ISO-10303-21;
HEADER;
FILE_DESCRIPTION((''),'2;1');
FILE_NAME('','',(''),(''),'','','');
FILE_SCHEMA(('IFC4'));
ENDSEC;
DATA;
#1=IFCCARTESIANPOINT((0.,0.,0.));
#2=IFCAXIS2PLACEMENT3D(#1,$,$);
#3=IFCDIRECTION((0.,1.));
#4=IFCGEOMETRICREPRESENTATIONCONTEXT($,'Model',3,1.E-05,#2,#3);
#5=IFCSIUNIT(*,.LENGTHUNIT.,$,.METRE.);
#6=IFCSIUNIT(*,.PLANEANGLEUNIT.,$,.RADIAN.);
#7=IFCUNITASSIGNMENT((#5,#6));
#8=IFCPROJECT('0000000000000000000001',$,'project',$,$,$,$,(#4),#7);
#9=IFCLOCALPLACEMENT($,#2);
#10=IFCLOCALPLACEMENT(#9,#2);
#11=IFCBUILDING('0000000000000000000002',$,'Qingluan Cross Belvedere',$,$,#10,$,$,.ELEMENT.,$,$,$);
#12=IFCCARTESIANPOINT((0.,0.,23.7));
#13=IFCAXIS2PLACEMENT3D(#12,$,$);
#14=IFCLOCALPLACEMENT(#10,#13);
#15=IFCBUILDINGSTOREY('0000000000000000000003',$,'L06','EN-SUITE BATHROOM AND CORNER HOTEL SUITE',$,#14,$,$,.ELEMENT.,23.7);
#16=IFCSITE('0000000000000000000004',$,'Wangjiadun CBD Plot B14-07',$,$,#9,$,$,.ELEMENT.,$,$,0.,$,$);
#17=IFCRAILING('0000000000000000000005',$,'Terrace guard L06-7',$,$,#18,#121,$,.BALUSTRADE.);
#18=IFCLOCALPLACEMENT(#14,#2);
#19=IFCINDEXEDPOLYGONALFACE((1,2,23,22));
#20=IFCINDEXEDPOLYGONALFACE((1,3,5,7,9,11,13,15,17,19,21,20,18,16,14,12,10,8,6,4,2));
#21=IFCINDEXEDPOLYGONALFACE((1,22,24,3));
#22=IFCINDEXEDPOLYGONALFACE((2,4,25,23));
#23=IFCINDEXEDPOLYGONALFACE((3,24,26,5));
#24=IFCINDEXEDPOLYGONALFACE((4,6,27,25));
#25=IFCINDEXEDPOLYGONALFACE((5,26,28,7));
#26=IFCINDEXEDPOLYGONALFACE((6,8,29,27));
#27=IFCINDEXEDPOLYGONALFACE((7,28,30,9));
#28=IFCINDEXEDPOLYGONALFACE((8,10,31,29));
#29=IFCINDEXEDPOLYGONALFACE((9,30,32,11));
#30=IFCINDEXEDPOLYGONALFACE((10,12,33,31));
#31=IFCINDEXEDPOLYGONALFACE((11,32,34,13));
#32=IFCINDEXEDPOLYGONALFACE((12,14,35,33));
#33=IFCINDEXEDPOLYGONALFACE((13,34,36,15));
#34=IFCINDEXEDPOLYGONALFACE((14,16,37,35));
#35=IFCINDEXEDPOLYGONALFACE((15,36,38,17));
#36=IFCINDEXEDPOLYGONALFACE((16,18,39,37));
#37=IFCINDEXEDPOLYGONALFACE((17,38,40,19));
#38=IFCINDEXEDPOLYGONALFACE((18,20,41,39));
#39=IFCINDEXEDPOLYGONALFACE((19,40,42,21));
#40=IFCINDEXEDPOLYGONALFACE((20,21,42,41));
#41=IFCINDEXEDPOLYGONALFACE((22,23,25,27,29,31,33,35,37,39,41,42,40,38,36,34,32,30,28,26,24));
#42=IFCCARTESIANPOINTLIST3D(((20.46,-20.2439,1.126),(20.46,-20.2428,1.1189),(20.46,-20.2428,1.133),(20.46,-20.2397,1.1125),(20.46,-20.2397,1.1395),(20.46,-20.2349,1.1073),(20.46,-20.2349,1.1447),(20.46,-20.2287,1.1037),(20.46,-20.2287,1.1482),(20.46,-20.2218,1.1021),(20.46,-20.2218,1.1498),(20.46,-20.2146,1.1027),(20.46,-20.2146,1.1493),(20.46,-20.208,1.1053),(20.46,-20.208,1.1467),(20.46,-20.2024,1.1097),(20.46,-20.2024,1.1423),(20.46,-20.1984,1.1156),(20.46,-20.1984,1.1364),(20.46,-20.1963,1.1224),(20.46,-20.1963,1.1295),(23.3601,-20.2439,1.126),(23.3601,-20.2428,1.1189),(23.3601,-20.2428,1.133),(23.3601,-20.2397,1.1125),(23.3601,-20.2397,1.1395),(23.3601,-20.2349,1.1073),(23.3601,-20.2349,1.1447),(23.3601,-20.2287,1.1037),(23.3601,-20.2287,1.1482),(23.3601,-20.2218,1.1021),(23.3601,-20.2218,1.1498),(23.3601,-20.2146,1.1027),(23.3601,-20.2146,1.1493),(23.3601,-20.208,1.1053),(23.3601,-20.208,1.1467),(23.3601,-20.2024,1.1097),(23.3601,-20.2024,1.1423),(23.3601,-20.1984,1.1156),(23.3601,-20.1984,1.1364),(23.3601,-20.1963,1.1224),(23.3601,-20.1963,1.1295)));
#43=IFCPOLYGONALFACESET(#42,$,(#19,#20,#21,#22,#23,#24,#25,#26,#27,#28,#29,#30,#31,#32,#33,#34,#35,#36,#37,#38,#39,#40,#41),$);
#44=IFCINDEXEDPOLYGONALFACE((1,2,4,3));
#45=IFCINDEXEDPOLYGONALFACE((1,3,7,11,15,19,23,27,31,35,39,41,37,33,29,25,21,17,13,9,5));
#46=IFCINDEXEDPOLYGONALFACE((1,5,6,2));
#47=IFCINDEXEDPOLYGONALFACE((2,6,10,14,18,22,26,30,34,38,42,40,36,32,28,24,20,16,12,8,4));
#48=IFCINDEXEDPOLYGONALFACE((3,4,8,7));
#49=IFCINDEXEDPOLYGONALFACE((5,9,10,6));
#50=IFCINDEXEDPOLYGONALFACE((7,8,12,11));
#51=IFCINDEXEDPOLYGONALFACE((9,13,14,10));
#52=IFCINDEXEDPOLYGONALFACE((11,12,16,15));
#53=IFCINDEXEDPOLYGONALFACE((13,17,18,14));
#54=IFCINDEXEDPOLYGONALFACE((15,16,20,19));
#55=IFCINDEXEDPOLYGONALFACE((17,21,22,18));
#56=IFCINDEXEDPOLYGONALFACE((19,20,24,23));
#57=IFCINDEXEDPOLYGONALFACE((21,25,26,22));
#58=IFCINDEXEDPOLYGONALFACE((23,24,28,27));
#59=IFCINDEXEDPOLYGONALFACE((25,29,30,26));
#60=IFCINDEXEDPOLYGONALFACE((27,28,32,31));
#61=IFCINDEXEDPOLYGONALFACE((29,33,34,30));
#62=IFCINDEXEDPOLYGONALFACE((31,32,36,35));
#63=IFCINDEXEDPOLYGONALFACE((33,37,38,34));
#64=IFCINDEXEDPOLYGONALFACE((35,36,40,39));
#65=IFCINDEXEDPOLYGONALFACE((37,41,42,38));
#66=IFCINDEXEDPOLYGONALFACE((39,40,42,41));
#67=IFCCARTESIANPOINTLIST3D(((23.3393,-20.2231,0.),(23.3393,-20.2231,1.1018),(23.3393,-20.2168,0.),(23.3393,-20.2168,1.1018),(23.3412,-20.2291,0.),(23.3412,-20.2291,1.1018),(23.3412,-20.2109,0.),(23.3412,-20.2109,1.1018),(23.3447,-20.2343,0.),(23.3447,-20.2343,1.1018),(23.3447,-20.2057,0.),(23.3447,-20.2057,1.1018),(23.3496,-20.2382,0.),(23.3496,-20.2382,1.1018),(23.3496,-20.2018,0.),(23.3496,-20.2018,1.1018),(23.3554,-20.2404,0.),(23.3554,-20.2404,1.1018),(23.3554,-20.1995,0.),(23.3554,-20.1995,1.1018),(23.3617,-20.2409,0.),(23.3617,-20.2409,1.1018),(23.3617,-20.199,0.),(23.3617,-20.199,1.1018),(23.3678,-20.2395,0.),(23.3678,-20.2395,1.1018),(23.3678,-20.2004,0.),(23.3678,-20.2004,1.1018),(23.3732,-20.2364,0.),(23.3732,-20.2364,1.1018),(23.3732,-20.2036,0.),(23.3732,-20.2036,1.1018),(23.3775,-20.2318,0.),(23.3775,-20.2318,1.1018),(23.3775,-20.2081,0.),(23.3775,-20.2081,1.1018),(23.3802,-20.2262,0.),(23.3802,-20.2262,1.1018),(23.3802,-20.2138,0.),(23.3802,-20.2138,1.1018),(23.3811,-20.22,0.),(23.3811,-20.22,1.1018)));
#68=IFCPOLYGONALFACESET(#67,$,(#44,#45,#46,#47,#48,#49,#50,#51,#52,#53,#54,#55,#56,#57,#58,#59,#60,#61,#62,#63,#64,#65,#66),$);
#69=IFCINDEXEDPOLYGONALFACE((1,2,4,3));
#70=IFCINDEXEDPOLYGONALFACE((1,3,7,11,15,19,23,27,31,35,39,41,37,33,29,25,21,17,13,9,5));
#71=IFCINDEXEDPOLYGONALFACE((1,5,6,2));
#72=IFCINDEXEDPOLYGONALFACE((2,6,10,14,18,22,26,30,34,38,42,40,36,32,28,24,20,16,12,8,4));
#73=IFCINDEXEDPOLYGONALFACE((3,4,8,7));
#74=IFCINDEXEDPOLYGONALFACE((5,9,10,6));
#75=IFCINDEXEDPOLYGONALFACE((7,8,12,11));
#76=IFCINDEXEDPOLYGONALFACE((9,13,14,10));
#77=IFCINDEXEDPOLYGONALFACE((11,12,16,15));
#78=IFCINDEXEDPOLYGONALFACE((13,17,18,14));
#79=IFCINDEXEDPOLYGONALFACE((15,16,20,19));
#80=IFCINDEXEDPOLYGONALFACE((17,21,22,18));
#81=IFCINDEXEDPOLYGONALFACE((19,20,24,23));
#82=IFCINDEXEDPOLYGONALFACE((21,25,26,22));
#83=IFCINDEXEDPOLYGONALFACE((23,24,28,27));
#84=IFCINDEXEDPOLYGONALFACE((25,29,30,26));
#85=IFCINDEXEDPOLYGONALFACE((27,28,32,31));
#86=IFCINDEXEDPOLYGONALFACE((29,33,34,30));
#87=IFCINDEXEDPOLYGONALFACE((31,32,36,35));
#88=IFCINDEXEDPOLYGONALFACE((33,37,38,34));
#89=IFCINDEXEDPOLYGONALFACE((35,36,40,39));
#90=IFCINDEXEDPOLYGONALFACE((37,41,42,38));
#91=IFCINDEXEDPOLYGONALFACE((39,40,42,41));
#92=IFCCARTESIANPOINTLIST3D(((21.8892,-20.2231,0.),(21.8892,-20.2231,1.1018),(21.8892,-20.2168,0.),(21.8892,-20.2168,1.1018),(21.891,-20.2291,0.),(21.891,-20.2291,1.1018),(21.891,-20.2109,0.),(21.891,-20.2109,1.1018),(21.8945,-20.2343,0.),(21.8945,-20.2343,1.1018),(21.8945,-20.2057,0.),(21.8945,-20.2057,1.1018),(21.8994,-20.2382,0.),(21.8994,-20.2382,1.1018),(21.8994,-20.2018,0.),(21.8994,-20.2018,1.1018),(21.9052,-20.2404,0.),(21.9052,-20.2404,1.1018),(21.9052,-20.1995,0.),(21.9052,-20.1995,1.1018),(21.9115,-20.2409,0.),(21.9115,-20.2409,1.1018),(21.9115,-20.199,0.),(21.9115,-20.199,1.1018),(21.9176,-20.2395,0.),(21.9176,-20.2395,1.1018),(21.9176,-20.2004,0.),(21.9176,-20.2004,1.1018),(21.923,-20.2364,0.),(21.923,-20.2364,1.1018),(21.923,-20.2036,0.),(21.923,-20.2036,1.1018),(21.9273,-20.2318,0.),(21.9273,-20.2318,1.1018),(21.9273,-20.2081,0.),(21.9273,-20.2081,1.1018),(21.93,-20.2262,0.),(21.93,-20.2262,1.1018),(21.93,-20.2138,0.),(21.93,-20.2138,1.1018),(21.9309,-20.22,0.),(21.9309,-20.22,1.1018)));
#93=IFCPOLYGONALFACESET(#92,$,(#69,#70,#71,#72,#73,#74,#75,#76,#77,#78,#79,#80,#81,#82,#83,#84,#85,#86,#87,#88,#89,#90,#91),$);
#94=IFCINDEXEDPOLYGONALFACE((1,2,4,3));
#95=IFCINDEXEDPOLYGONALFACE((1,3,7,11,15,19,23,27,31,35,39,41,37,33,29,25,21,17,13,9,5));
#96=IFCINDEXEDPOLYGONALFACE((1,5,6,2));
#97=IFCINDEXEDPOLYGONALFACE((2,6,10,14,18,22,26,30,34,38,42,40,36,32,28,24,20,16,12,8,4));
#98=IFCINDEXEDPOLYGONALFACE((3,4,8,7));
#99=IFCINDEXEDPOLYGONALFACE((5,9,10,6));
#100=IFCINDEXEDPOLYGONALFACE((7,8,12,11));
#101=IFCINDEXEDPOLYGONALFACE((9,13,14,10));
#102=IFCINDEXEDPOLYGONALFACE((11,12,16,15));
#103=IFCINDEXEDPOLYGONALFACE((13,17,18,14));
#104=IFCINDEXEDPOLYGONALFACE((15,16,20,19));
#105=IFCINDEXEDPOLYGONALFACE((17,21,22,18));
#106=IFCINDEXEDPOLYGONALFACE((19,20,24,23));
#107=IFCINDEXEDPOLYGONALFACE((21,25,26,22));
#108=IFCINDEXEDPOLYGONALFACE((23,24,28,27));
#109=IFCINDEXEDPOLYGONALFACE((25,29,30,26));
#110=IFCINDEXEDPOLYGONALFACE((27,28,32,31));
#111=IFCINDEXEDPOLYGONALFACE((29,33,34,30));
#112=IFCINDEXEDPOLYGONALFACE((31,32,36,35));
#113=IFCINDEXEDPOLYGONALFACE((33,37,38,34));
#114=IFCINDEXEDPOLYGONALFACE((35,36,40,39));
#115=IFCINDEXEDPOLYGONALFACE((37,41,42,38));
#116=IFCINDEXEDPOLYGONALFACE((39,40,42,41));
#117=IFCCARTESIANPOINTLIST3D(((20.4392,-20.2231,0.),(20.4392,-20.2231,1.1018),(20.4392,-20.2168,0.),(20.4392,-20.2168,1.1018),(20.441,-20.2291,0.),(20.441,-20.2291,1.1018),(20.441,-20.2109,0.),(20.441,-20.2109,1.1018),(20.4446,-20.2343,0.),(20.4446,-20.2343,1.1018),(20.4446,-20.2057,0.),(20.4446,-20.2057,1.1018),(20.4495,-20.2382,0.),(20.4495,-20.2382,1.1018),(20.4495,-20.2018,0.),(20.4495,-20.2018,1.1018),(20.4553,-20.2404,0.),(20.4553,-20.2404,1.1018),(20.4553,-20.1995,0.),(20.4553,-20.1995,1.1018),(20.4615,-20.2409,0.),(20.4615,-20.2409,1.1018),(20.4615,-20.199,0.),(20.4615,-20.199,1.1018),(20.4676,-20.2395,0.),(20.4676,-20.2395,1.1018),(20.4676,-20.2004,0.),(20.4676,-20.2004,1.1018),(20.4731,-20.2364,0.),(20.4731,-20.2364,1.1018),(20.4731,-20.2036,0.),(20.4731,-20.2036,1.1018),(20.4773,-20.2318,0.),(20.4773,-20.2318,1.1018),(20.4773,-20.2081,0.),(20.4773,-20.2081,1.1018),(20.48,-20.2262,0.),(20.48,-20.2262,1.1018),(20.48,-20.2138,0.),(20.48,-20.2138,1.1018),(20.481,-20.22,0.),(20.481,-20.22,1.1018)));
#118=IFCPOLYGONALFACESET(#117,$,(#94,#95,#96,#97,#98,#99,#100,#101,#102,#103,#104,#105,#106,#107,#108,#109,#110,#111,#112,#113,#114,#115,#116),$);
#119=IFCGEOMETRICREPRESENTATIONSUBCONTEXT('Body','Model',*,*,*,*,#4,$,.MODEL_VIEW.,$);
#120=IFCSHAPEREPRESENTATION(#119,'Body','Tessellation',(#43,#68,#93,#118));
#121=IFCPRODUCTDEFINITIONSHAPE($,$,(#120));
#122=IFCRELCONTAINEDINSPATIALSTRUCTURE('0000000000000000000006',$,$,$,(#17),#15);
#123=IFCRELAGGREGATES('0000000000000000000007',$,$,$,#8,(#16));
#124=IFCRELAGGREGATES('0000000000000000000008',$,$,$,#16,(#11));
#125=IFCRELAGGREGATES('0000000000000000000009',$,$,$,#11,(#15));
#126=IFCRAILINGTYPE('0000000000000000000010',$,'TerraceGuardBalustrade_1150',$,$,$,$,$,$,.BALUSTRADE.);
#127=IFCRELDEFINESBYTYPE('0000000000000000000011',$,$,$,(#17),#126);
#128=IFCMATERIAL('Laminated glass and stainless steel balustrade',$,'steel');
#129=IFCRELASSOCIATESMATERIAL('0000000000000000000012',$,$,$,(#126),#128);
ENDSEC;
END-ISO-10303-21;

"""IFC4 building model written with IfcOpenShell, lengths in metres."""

from ifc_helpers import new_model, si_unit, direction, frame, origin, origin_2d, place, context, subcontext, project, spatial, circle, extrude, material, type_object, element, save


model = new_model("IFC4")

# Units and contexts
model_context = context("Model", 3, precision=1e-05, world=origin(), true_north=direction((0.0, 1.0)))
body_context = subcontext(model_context, "Body", "Model", "MODEL_VIEW")
ifc_project = project(units=[si_unit("LENGTHUNIT", "METRE"), si_unit("PLANEANGLEUNIT", "RADIAN")], contexts=[model_context])

# Site, building, storey
site_placement = place(None, origin())
site = spatial("IfcSite", under=ifc_project, at=site_placement, Name="Wangjiadun CBD Plot B14-07", CompositionType="ELEMENT", RefElevation=0.0)
building_placement = place(site_placement, origin())
building = spatial("IfcBuilding", under=site, at=building_placement, Name="Qingluan Cross Belvedere", CompositionType="ELEMENT")
storey_placement = place(building_placement, frame((0.0, 0.0, 23.7)))
storey = spatial("IfcBuildingStorey", under=building, at=storey_placement, Name="L06", Description="EN-SUITE BATHROOM AND CORNER HOTEL SUITE", CompositionType="ELEMENT", Elevation=23.7)

# Railing
ifc_material_1 = material(Name="Laminated glass and stainless steel balustrade", Category="steel")
railing_type = type_object("IfcRailingType", Name="TerraceGuardBalustrade_1150", PredefinedType="BALUSTRADE", material=ifc_material_1)
railing_1_placement = place(storey_placement, frame((23.3601, -20.22, 0.0)))
element("IfcRailing", 1, at=railing_1_placement, inside=storey, type_object=railing_type, Name="Terrace guard L06-7", PredefinedType="BALUSTRADE", context=body_context, shape_type="SweptSolid", body=[
    extrude(circle(Radius=0.0239, at=origin_2d()), frame((0.0, 0.0, 1.126), z_axis=(-1.0, 0.0, 0.0), x_axis=(0.0, -1.0, 0.0)), (0.0, 0.0, 1.0), 2.9001),
    extrude(circle(Radius=0.021, at=origin_2d()), origin(), (0.0, 0.0, 1.0), 1.1018),
    extrude(circle(Radius=0.021, at=origin_2d()), frame((-1.4502, 0.0, 0.0)), (0.0, 0.0, 1.0), 1.1018),
    extrude(circle(Radius=0.021, at=origin_2d()), frame((-2.9001, 0.0, 0.0)), (0.0, 0.0, 1.0), 1.1018),
])

save(model, "model.ifc")
